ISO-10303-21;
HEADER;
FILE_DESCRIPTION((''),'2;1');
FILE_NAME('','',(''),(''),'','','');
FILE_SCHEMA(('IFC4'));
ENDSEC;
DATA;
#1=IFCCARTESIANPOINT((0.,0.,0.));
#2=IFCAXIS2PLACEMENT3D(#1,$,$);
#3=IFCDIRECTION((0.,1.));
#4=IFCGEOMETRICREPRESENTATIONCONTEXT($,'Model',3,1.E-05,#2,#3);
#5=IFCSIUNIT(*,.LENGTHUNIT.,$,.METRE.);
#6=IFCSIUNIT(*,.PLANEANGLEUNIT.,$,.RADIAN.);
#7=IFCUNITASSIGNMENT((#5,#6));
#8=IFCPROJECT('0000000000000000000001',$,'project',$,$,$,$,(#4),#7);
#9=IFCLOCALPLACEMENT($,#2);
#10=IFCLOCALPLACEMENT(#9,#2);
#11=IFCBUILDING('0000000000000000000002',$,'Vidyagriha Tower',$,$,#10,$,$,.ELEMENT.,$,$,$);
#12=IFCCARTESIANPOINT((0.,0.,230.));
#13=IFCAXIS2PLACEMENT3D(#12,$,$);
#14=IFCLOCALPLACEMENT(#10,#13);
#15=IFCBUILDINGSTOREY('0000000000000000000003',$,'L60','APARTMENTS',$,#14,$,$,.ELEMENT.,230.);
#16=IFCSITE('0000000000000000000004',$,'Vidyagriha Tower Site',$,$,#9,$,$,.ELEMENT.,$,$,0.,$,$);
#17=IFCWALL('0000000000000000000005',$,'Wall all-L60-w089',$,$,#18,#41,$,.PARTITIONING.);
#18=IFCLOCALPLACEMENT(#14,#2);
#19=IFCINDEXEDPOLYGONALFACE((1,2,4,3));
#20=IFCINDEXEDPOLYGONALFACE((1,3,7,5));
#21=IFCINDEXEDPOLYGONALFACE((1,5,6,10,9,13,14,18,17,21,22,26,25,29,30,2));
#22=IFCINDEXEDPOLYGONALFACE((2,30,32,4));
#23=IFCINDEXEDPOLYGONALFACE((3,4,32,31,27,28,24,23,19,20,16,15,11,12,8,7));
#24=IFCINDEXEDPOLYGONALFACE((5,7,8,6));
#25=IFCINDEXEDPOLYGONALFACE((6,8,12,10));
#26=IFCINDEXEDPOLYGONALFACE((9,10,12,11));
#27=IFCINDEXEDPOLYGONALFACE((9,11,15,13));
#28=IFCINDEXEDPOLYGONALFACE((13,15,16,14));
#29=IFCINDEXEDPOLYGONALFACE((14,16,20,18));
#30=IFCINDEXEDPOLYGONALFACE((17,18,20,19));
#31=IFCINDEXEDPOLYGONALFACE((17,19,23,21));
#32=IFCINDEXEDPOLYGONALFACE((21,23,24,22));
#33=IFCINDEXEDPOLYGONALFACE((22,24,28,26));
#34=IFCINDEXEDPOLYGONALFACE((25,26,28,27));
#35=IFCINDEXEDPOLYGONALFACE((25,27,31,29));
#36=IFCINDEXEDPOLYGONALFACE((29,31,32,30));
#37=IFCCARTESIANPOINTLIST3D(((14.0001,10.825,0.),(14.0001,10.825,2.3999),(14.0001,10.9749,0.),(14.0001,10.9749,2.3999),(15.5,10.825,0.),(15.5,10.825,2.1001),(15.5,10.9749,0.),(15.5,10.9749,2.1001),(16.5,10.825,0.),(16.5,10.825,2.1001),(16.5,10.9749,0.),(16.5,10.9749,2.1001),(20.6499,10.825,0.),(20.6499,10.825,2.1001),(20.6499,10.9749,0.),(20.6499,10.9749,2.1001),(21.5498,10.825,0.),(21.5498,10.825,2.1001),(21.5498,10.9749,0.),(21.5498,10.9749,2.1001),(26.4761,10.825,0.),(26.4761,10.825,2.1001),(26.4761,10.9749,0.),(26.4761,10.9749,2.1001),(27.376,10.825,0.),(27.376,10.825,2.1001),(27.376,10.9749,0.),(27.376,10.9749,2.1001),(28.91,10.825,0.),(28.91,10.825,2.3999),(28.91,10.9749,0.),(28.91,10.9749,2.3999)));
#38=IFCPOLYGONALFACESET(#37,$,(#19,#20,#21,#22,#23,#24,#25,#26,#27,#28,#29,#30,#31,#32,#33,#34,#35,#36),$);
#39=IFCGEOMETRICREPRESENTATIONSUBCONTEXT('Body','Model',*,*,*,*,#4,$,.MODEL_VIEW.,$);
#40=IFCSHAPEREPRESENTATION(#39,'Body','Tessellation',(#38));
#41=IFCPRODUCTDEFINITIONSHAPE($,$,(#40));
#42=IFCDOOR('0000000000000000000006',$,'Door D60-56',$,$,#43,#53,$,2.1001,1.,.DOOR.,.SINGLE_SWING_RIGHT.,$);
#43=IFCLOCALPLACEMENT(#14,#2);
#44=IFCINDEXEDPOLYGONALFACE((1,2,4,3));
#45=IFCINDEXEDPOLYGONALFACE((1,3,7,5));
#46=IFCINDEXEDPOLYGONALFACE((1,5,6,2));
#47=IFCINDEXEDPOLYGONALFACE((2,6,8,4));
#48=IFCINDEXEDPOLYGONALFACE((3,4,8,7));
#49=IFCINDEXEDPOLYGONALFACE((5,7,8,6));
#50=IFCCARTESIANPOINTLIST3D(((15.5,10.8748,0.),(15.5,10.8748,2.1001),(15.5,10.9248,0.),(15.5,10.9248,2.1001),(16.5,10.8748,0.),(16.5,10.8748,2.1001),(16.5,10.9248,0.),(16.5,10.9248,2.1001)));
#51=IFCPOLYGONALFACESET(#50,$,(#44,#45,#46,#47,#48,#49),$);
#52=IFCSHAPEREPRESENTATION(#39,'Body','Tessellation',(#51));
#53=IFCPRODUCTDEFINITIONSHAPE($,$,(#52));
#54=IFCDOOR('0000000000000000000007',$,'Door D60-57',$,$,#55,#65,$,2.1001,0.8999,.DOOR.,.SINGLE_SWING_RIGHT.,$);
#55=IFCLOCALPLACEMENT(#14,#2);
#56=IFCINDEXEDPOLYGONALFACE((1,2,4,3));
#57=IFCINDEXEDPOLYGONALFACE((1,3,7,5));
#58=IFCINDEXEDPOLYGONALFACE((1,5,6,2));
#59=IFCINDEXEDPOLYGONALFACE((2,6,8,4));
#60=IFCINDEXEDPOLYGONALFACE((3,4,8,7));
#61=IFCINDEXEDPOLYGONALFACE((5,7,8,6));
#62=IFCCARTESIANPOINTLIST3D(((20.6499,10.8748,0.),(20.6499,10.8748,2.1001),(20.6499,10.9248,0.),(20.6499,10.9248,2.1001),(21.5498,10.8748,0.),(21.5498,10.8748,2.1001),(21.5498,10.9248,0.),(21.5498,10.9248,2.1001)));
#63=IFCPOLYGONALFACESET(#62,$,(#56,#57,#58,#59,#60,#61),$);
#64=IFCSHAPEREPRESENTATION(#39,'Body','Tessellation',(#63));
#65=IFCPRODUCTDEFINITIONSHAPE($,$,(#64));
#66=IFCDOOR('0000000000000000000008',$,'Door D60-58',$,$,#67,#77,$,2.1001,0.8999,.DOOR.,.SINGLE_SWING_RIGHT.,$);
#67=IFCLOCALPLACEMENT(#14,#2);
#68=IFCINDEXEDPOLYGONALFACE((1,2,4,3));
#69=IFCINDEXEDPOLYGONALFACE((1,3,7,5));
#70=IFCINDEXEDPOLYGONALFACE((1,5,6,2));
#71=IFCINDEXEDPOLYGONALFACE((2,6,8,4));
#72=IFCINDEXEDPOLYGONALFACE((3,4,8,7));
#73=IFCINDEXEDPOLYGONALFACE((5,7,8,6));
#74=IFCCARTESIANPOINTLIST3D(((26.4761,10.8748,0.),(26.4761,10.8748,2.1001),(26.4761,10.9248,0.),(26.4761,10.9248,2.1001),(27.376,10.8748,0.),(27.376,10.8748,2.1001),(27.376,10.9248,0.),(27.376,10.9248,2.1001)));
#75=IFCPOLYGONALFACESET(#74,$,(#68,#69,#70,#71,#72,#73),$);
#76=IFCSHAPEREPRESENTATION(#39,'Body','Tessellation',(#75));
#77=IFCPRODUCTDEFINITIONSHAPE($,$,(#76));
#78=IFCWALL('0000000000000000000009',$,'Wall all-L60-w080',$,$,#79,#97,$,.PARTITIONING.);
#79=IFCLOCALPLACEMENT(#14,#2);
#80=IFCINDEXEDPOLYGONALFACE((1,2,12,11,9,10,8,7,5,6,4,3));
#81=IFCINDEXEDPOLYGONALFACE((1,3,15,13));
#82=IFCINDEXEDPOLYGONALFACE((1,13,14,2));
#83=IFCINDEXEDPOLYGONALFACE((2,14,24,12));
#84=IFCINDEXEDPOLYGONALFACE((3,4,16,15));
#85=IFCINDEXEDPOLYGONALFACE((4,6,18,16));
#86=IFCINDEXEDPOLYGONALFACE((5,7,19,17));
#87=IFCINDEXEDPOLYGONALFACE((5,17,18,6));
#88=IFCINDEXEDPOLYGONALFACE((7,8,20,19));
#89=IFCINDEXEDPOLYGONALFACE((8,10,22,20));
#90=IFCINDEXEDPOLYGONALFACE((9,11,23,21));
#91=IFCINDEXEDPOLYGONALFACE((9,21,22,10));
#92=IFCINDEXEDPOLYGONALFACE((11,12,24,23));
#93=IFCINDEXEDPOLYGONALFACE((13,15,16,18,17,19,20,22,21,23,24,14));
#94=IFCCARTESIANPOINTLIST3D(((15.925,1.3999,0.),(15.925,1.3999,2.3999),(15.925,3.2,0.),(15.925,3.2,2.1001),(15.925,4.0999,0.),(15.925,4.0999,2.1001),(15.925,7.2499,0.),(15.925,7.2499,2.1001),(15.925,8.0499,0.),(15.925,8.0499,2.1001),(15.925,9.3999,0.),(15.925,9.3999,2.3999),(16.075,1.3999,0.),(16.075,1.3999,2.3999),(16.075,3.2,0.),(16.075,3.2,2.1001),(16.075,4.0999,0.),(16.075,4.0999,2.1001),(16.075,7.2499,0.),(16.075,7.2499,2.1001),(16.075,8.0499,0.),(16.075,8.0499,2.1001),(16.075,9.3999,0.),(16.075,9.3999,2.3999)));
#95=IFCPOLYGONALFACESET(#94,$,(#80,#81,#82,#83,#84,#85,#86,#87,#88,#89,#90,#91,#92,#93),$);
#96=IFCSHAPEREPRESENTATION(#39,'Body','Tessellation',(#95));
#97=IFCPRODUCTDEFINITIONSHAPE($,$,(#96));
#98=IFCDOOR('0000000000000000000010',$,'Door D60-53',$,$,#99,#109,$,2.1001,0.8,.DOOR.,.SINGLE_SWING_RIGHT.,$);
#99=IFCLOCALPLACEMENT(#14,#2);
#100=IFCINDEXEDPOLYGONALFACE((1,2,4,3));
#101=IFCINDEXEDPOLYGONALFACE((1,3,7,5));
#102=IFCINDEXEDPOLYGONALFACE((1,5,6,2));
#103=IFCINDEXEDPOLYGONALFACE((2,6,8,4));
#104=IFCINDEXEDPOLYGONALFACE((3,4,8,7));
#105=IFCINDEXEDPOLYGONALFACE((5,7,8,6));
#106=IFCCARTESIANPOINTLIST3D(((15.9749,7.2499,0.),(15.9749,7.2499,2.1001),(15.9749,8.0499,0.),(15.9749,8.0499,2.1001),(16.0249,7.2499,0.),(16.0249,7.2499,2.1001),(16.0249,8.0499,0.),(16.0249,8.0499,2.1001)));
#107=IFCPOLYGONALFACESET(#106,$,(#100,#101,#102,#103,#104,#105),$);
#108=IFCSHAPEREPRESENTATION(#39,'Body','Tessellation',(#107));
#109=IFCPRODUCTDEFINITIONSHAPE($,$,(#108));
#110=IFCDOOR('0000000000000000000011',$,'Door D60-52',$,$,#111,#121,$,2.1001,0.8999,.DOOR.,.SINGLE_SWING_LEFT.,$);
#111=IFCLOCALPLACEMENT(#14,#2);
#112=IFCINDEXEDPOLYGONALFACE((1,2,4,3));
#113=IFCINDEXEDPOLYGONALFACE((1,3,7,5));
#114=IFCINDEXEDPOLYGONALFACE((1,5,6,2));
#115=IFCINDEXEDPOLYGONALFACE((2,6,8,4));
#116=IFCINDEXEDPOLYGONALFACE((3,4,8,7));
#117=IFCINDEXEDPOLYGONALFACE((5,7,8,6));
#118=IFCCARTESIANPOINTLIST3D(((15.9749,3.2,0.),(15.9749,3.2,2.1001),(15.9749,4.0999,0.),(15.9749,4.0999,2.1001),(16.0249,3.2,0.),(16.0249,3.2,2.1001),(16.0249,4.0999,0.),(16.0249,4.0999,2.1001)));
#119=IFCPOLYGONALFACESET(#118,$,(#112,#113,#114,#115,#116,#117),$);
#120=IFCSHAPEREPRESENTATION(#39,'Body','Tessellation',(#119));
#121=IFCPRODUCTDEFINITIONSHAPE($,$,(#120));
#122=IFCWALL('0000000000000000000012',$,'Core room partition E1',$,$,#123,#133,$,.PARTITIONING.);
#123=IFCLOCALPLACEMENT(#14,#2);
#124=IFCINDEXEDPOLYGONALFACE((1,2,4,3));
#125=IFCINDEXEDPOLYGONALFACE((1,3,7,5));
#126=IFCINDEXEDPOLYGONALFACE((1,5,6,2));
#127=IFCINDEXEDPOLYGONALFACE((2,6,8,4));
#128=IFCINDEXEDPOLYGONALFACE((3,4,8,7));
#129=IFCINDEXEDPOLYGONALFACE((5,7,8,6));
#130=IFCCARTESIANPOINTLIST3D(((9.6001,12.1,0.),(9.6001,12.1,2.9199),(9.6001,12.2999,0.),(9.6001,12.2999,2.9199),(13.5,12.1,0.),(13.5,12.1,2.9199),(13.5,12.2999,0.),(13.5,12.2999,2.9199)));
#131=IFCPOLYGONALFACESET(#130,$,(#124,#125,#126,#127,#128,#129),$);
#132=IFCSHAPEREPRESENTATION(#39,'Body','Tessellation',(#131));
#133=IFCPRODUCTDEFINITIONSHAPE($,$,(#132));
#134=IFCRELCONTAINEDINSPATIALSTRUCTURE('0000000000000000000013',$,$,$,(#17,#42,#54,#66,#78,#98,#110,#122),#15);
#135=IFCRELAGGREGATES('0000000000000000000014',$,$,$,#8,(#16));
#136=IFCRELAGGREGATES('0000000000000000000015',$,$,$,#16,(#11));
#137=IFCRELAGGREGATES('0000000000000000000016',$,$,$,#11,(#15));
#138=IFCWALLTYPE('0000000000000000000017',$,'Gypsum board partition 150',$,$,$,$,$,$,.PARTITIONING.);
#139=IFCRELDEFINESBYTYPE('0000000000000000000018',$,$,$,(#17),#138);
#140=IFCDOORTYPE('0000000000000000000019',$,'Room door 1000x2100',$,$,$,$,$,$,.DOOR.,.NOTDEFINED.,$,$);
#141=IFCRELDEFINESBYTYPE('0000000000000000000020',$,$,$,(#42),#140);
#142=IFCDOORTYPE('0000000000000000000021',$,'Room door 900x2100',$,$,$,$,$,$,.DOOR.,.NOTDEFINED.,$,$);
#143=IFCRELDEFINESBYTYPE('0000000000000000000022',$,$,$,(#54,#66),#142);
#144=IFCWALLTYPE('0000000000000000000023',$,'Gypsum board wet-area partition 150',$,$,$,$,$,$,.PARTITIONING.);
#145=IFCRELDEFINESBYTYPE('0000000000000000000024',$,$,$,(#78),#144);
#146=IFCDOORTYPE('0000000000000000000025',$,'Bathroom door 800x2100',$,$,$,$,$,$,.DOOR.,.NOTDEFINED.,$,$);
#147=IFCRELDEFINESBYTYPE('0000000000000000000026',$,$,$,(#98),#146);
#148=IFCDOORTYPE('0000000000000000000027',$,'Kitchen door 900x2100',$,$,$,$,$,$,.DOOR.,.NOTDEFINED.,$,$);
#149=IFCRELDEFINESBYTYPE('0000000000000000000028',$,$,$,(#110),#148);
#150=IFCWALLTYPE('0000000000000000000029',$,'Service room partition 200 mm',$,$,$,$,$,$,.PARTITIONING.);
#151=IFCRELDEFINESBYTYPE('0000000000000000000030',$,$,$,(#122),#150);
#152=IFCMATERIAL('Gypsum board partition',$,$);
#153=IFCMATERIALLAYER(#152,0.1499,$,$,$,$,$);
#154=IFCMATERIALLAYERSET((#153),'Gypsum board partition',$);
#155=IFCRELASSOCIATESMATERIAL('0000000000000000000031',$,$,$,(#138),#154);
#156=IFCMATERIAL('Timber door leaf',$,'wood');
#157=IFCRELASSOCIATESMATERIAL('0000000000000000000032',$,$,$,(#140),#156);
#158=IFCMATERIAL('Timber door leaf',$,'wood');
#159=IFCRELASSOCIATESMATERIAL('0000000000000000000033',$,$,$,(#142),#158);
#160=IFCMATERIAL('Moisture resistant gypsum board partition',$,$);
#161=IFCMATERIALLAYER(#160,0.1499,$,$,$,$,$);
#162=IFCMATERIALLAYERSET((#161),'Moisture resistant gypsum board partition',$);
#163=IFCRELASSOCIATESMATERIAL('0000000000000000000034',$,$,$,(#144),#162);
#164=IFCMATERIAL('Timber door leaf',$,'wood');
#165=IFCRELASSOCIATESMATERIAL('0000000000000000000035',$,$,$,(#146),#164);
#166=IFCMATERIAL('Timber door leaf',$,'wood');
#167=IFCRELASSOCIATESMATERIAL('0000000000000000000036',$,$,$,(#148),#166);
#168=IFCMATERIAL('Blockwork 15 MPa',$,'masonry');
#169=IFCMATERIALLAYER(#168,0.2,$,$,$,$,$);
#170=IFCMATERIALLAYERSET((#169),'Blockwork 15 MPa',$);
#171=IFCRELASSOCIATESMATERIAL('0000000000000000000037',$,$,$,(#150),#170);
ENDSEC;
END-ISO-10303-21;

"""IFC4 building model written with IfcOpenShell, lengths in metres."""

from ifc_helpers import new_model, si_unit, direction, frame, frame_2d, origin, place, context, subcontext, project, spatial, rectangle, extrude, material, layer, layer_set, type_object, element, fill, save


model = new_model("IFC4")

# Units and contexts
model_context = context("Model", 3, precision=1e-05, world=origin(), true_north=direction((0.0, 1.0)))
body_context = subcontext(model_context, "Body", "Model", "MODEL_VIEW")
ifc_project = project(units=[si_unit("LENGTHUNIT", "METRE"), si_unit("PLANEANGLEUNIT", "RADIAN")], contexts=[model_context])

# Site, building, storey
site_placement = place(None, origin())
site = spatial("IfcSite", under=ifc_project, at=site_placement, Name="Vidyagriha Tower Site", CompositionType="ELEMENT", RefElevation=0.0)
building_placement = place(site_placement, origin())
building = spatial("IfcBuilding", under=site, at=building_placement, Name="Vidyagriha Tower", CompositionType="ELEMENT")
storey_placement = place(building_placement, frame((0.0, 0.0, 230.0)))
storey = spatial("IfcBuildingStorey", under=building, at=storey_placement, Name="L60", Description="APARTMENTS", CompositionType="ELEMENT", Elevation=230.0)

# Shared definitions
ifc_material_1 = material(Name="Gypsum board partition")
ifc_layer_1 = layer(ifc_material_1, 0.1499)
ifc_layer_set_1 = layer_set([ifc_layer_1], Name="Gypsum board partition")
wall_type_1 = type_object("IfcWallType", Name="Gypsum board partition 150", PredefinedType="PARTITIONING", material=ifc_layer_set_1)

# Walls, openings, doors
wall_1_placement = place(storey_placement, frame((14.0, 10.8999, 0.0)))
wall_1 = element("IfcWall", 1, at=wall_1_placement, inside=storey, type_object=wall_type_1, Name="Wall all-L60-w089", PredefinedType="PARTITIONING", context=body_context, shape_type="SweptSolid", body=[
    extrude(rectangle(XDim=14.9099, YDim=0.1499, at=frame_2d((7.4551, 0.0))), origin(), (0.0, 0.0, 1.0), 2.3999),
])
opening_1_placement = place(wall_1_placement, frame((1.5, 0.0, 0.0)))
opening_1 = element("IfcOpeningElement", 2, at=opening_1_placement, cuts=wall_1, PredefinedType="OPENING", context=body_context, shape_type="SweptSolid", body=[
    extrude(rectangle(XDim=1.0, YDim=2.1001, at=frame_2d((0.5, 1.05))), frame((0.0, 0.085, 0.0), z_axis=(0.0, -1.0, 0.0), x_axis=(1.0, 0.0, 0.0)), (0.0, 0.0, 1.0), 0.1699),
])
opening_2_placement = place(wall_1_placement, frame((6.6499, 0.0, 0.0)))
opening_2 = element("IfcOpeningElement", 3, at=opening_2_placement, cuts=wall_1, PredefinedType="OPENING", context=body_context, shape_type="SweptSolid", body=[
    extrude(rectangle(XDim=0.8999, YDim=2.1001, at=frame_2d((0.45, 1.05))), frame((0.0, 0.085, 0.0), z_axis=(0.0, -1.0, 0.0), x_axis=(1.0, 0.0, 0.0)), (0.0, 0.0, 1.0), 0.1699),
])
opening_3_placement = place(wall_1_placement, frame((12.4761, 0.0, 0.0)))
opening_3 = element("IfcOpeningElement", 4, at=opening_3_placement, cuts=wall_1, PredefinedType="OPENING", context=body_context, shape_type="SweptSolid", body=[
    extrude(rectangle(XDim=0.8999, YDim=2.1001, at=frame_2d((0.45, 1.05))), frame((0.0, 0.085, 0.0), z_axis=(0.0, -1.0, 0.0), x_axis=(1.0, 0.0, 0.0)), (0.0, 0.0, 1.0), 0.1699),
])
ifc_material_2 = material(Name="Timber door leaf", Category="wood")
door_type_1 = type_object("IfcDoorType", Name="Room door 1000x2100", OperationType="NOTDEFINED", PredefinedType="DOOR", material=ifc_material_2)
door_1_placement = place(opening_1_placement, origin())
door_1 = element("IfcDoor", 5, at=door_1_placement, inside=storey, type_object=door_type_1, Name="Door D60-56", OperationType="SINGLE_SWING_RIGHT", OverallHeight=2.1001, OverallWidth=1.0, PredefinedType="DOOR", context=body_context, shape_type="SweptSolid", body=[
    extrude(rectangle(XDim=1.0, YDim=2.1001, at=frame_2d((0.5, 1.05))), frame((0.0, 0.0249, 0.0), z_axis=(0.0, -1.0, 0.0), x_axis=(1.0, 0.0, 0.0)), (0.0, 0.0, 1.0), 0.05),
])
fill(opening_1, door_1)
ifc_material_3 = material(Name="Timber door leaf", Category="wood")
door_type_2 = type_object("IfcDoorType", Name="Room door 900x2100", OperationType="NOTDEFINED", PredefinedType="DOOR", material=ifc_material_3)
door_2_placement = place(opening_2_placement, origin())
door_2 = element("IfcDoor", 6, at=door_2_placement, inside=storey, type_object=door_type_2, Name="Door D60-57", OperationType="SINGLE_SWING_RIGHT", OverallHeight=2.1001, OverallWidth=0.8999, PredefinedType="DOOR", context=body_context, shape_type="SweptSolid", body=[
    extrude(rectangle(XDim=0.8999, YDim=2.1001, at=frame_2d((0.45, 1.05))), frame((0.0, 0.0249, 0.0), z_axis=(0.0, -1.0, 0.0), x_axis=(1.0, 0.0, 0.0)), (0.0, 0.0, 1.0), 0.05),
])
fill(opening_2, door_2)
door_3_placement = place(opening_3_placement, origin())
door_3 = element("IfcDoor", 7, at=door_3_placement, inside=storey, type_object=door_type_2, Name="Door D60-58", OperationType="SINGLE_SWING_RIGHT", OverallHeight=2.1001, OverallWidth=0.8999, PredefinedType="DOOR", context=body_context, shape_type="SweptSolid", body=[
    extrude(rectangle(XDim=0.8999, YDim=2.1001, at=frame_2d((0.45, 1.05))), frame((0.0, 0.0249, 0.0), z_axis=(0.0, -1.0, 0.0), x_axis=(1.0, 0.0, 0.0)), (0.0, 0.0, 1.0), 0.05),
])
fill(opening_3, door_3)
ifc_material_4 = material(Name="Moisture resistant gypsum board partition")
ifc_layer_2 = layer(ifc_material_4, 0.1499)
ifc_layer_set_2 = layer_set([ifc_layer_2], Name="Moisture resistant gypsum board partition")
wall_type_2 = type_object("IfcWallType", Name="Gypsum board wet-area partition 150", PredefinedType="PARTITIONING", material=ifc_layer_set_2)
wall_2_placement = place(storey_placement, frame((16.0, 9.3999, 0.0), z_axis=(0.0, 0.0, 1.0), x_axis=(0.0, -1.0, 0.0)))
wall_2 = element("IfcWall", 8, at=wall_2_placement, inside=storey, type_object=wall_type_2, Name="Wall all-L60-w080", PredefinedType="PARTITIONING", context=body_context, shape_type="SweptSolid", body=[
    extrude(rectangle(XDim=8.0, YDim=0.1499, at=frame_2d((4.0, 0.0))), origin(), (0.0, 0.0, 1.0), 2.3999),
])
opening_4_placement = place(wall_2_placement, frame((5.3, 0.0, 0.0)))
opening_4 = element("IfcOpeningElement", 9, at=opening_4_placement, cuts=wall_2, PredefinedType="OPENING", context=body_context, shape_type="SweptSolid", body=[
    extrude(rectangle(XDim=0.8999, YDim=2.1001, at=frame_2d((0.45, 1.05))), frame((0.0, 0.085, 0.0), z_axis=(0.0, -1.0, 0.0), x_axis=(1.0, 0.0, 0.0)), (0.0, 0.0, 1.0), 0.1699),
])
opening_5_placement = place(wall_2_placement, frame((1.3501, 0.0, 0.0)))
opening_5 = element("IfcOpeningElement", 10, at=opening_5_placement, cuts=wall_2, PredefinedType="OPENING", context=body_context, shape_type="SweptSolid", body=[
    extrude(rectangle(XDim=0.8, YDim=2.1001, at=frame_2d((0.3999, 1.05))), frame((0.0, 0.085, 0.0), z_axis=(0.0, -1.0, 0.0), x_axis=(1.0, 0.0, 0.0)), (0.0, 0.0, 1.0), 0.1699),
])
ifc_material_5 = material(Name="Timber door leaf", Category="wood")
door_type_3 = type_object("IfcDoorType", Name="Bathroom door 800x2100", OperationType="NOTDEFINED", PredefinedType="DOOR", material=ifc_material_5)
door_4_placement = place(opening_5_placement, origin())
door_4 = element("IfcDoor", 11, at=door_4_placement, inside=storey, type_object=door_type_3, Name="Door D60-53", OperationType="SINGLE_SWING_RIGHT", OverallHeight=2.1001, OverallWidth=0.8, PredefinedType="DOOR", context=body_context, shape_type="SweptSolid", body=[
    extrude(rectangle(XDim=0.8, YDim=2.1001, at=frame_2d((0.3999, 1.05))), frame((0.0, 0.0249, 0.0), z_axis=(0.0, -1.0, 0.0), x_axis=(1.0, 0.0, 0.0)), (0.0, 0.0, 1.0), 0.05),
])
fill(opening_5, door_4)
ifc_material_6 = material(Name="Timber door leaf", Category="wood")
door_type_4 = type_object("IfcDoorType", Name="Kitchen door 900x2100", OperationType="NOTDEFINED", PredefinedType="DOOR", material=ifc_material_6)
door_5_placement = place(opening_4_placement, origin())
door_5 = element("IfcDoor", 12, at=door_5_placement, inside=storey, type_object=door_type_4, Name="Door D60-52", OperationType="SINGLE_SWING_LEFT", OverallHeight=2.1001, OverallWidth=0.8999, PredefinedType="DOOR", context=body_context, shape_type="SweptSolid", body=[
    extrude(rectangle(XDim=0.8999, YDim=2.1001, at=frame_2d((0.45, 1.05))), frame((0.0, 0.0249, 0.0), z_axis=(0.0, -1.0, 0.0), x_axis=(1.0, 0.0, 0.0)), (0.0, 0.0, 1.0), 0.05),
])
fill(opening_4, door_5)

# Wall
ifc_material_7 = material(Name="Blockwork 15 MPa", Category="masonry")
ifc_layer_3 = layer(ifc_material_7, 0.2)
ifc_layer_set_3 = layer_set([ifc_layer_3], Name="Blockwork 15 MPa")
wall_type_3 = type_object("IfcWallType", Name="Service room partition 200 mm", PredefinedType="PARTITIONING", material=ifc_layer_set_3)
wall_3_placement = place(storey_placement, frame((9.6001, 12.2, 0.0)))
element("IfcWall", 13, at=wall_3_placement, inside=storey, type_object=wall_type_3, Name="Core room partition E1", PredefinedType="PARTITIONING", context=body_context, shape_type="SweptSolid", body=[
    extrude(rectangle(XDim=3.8999, YDim=0.2, at=frame_2d((1.95, 0.0))), origin(), (0.0, 0.0, 1.0), 2.9199),
])

save(model, "model.ifc")
